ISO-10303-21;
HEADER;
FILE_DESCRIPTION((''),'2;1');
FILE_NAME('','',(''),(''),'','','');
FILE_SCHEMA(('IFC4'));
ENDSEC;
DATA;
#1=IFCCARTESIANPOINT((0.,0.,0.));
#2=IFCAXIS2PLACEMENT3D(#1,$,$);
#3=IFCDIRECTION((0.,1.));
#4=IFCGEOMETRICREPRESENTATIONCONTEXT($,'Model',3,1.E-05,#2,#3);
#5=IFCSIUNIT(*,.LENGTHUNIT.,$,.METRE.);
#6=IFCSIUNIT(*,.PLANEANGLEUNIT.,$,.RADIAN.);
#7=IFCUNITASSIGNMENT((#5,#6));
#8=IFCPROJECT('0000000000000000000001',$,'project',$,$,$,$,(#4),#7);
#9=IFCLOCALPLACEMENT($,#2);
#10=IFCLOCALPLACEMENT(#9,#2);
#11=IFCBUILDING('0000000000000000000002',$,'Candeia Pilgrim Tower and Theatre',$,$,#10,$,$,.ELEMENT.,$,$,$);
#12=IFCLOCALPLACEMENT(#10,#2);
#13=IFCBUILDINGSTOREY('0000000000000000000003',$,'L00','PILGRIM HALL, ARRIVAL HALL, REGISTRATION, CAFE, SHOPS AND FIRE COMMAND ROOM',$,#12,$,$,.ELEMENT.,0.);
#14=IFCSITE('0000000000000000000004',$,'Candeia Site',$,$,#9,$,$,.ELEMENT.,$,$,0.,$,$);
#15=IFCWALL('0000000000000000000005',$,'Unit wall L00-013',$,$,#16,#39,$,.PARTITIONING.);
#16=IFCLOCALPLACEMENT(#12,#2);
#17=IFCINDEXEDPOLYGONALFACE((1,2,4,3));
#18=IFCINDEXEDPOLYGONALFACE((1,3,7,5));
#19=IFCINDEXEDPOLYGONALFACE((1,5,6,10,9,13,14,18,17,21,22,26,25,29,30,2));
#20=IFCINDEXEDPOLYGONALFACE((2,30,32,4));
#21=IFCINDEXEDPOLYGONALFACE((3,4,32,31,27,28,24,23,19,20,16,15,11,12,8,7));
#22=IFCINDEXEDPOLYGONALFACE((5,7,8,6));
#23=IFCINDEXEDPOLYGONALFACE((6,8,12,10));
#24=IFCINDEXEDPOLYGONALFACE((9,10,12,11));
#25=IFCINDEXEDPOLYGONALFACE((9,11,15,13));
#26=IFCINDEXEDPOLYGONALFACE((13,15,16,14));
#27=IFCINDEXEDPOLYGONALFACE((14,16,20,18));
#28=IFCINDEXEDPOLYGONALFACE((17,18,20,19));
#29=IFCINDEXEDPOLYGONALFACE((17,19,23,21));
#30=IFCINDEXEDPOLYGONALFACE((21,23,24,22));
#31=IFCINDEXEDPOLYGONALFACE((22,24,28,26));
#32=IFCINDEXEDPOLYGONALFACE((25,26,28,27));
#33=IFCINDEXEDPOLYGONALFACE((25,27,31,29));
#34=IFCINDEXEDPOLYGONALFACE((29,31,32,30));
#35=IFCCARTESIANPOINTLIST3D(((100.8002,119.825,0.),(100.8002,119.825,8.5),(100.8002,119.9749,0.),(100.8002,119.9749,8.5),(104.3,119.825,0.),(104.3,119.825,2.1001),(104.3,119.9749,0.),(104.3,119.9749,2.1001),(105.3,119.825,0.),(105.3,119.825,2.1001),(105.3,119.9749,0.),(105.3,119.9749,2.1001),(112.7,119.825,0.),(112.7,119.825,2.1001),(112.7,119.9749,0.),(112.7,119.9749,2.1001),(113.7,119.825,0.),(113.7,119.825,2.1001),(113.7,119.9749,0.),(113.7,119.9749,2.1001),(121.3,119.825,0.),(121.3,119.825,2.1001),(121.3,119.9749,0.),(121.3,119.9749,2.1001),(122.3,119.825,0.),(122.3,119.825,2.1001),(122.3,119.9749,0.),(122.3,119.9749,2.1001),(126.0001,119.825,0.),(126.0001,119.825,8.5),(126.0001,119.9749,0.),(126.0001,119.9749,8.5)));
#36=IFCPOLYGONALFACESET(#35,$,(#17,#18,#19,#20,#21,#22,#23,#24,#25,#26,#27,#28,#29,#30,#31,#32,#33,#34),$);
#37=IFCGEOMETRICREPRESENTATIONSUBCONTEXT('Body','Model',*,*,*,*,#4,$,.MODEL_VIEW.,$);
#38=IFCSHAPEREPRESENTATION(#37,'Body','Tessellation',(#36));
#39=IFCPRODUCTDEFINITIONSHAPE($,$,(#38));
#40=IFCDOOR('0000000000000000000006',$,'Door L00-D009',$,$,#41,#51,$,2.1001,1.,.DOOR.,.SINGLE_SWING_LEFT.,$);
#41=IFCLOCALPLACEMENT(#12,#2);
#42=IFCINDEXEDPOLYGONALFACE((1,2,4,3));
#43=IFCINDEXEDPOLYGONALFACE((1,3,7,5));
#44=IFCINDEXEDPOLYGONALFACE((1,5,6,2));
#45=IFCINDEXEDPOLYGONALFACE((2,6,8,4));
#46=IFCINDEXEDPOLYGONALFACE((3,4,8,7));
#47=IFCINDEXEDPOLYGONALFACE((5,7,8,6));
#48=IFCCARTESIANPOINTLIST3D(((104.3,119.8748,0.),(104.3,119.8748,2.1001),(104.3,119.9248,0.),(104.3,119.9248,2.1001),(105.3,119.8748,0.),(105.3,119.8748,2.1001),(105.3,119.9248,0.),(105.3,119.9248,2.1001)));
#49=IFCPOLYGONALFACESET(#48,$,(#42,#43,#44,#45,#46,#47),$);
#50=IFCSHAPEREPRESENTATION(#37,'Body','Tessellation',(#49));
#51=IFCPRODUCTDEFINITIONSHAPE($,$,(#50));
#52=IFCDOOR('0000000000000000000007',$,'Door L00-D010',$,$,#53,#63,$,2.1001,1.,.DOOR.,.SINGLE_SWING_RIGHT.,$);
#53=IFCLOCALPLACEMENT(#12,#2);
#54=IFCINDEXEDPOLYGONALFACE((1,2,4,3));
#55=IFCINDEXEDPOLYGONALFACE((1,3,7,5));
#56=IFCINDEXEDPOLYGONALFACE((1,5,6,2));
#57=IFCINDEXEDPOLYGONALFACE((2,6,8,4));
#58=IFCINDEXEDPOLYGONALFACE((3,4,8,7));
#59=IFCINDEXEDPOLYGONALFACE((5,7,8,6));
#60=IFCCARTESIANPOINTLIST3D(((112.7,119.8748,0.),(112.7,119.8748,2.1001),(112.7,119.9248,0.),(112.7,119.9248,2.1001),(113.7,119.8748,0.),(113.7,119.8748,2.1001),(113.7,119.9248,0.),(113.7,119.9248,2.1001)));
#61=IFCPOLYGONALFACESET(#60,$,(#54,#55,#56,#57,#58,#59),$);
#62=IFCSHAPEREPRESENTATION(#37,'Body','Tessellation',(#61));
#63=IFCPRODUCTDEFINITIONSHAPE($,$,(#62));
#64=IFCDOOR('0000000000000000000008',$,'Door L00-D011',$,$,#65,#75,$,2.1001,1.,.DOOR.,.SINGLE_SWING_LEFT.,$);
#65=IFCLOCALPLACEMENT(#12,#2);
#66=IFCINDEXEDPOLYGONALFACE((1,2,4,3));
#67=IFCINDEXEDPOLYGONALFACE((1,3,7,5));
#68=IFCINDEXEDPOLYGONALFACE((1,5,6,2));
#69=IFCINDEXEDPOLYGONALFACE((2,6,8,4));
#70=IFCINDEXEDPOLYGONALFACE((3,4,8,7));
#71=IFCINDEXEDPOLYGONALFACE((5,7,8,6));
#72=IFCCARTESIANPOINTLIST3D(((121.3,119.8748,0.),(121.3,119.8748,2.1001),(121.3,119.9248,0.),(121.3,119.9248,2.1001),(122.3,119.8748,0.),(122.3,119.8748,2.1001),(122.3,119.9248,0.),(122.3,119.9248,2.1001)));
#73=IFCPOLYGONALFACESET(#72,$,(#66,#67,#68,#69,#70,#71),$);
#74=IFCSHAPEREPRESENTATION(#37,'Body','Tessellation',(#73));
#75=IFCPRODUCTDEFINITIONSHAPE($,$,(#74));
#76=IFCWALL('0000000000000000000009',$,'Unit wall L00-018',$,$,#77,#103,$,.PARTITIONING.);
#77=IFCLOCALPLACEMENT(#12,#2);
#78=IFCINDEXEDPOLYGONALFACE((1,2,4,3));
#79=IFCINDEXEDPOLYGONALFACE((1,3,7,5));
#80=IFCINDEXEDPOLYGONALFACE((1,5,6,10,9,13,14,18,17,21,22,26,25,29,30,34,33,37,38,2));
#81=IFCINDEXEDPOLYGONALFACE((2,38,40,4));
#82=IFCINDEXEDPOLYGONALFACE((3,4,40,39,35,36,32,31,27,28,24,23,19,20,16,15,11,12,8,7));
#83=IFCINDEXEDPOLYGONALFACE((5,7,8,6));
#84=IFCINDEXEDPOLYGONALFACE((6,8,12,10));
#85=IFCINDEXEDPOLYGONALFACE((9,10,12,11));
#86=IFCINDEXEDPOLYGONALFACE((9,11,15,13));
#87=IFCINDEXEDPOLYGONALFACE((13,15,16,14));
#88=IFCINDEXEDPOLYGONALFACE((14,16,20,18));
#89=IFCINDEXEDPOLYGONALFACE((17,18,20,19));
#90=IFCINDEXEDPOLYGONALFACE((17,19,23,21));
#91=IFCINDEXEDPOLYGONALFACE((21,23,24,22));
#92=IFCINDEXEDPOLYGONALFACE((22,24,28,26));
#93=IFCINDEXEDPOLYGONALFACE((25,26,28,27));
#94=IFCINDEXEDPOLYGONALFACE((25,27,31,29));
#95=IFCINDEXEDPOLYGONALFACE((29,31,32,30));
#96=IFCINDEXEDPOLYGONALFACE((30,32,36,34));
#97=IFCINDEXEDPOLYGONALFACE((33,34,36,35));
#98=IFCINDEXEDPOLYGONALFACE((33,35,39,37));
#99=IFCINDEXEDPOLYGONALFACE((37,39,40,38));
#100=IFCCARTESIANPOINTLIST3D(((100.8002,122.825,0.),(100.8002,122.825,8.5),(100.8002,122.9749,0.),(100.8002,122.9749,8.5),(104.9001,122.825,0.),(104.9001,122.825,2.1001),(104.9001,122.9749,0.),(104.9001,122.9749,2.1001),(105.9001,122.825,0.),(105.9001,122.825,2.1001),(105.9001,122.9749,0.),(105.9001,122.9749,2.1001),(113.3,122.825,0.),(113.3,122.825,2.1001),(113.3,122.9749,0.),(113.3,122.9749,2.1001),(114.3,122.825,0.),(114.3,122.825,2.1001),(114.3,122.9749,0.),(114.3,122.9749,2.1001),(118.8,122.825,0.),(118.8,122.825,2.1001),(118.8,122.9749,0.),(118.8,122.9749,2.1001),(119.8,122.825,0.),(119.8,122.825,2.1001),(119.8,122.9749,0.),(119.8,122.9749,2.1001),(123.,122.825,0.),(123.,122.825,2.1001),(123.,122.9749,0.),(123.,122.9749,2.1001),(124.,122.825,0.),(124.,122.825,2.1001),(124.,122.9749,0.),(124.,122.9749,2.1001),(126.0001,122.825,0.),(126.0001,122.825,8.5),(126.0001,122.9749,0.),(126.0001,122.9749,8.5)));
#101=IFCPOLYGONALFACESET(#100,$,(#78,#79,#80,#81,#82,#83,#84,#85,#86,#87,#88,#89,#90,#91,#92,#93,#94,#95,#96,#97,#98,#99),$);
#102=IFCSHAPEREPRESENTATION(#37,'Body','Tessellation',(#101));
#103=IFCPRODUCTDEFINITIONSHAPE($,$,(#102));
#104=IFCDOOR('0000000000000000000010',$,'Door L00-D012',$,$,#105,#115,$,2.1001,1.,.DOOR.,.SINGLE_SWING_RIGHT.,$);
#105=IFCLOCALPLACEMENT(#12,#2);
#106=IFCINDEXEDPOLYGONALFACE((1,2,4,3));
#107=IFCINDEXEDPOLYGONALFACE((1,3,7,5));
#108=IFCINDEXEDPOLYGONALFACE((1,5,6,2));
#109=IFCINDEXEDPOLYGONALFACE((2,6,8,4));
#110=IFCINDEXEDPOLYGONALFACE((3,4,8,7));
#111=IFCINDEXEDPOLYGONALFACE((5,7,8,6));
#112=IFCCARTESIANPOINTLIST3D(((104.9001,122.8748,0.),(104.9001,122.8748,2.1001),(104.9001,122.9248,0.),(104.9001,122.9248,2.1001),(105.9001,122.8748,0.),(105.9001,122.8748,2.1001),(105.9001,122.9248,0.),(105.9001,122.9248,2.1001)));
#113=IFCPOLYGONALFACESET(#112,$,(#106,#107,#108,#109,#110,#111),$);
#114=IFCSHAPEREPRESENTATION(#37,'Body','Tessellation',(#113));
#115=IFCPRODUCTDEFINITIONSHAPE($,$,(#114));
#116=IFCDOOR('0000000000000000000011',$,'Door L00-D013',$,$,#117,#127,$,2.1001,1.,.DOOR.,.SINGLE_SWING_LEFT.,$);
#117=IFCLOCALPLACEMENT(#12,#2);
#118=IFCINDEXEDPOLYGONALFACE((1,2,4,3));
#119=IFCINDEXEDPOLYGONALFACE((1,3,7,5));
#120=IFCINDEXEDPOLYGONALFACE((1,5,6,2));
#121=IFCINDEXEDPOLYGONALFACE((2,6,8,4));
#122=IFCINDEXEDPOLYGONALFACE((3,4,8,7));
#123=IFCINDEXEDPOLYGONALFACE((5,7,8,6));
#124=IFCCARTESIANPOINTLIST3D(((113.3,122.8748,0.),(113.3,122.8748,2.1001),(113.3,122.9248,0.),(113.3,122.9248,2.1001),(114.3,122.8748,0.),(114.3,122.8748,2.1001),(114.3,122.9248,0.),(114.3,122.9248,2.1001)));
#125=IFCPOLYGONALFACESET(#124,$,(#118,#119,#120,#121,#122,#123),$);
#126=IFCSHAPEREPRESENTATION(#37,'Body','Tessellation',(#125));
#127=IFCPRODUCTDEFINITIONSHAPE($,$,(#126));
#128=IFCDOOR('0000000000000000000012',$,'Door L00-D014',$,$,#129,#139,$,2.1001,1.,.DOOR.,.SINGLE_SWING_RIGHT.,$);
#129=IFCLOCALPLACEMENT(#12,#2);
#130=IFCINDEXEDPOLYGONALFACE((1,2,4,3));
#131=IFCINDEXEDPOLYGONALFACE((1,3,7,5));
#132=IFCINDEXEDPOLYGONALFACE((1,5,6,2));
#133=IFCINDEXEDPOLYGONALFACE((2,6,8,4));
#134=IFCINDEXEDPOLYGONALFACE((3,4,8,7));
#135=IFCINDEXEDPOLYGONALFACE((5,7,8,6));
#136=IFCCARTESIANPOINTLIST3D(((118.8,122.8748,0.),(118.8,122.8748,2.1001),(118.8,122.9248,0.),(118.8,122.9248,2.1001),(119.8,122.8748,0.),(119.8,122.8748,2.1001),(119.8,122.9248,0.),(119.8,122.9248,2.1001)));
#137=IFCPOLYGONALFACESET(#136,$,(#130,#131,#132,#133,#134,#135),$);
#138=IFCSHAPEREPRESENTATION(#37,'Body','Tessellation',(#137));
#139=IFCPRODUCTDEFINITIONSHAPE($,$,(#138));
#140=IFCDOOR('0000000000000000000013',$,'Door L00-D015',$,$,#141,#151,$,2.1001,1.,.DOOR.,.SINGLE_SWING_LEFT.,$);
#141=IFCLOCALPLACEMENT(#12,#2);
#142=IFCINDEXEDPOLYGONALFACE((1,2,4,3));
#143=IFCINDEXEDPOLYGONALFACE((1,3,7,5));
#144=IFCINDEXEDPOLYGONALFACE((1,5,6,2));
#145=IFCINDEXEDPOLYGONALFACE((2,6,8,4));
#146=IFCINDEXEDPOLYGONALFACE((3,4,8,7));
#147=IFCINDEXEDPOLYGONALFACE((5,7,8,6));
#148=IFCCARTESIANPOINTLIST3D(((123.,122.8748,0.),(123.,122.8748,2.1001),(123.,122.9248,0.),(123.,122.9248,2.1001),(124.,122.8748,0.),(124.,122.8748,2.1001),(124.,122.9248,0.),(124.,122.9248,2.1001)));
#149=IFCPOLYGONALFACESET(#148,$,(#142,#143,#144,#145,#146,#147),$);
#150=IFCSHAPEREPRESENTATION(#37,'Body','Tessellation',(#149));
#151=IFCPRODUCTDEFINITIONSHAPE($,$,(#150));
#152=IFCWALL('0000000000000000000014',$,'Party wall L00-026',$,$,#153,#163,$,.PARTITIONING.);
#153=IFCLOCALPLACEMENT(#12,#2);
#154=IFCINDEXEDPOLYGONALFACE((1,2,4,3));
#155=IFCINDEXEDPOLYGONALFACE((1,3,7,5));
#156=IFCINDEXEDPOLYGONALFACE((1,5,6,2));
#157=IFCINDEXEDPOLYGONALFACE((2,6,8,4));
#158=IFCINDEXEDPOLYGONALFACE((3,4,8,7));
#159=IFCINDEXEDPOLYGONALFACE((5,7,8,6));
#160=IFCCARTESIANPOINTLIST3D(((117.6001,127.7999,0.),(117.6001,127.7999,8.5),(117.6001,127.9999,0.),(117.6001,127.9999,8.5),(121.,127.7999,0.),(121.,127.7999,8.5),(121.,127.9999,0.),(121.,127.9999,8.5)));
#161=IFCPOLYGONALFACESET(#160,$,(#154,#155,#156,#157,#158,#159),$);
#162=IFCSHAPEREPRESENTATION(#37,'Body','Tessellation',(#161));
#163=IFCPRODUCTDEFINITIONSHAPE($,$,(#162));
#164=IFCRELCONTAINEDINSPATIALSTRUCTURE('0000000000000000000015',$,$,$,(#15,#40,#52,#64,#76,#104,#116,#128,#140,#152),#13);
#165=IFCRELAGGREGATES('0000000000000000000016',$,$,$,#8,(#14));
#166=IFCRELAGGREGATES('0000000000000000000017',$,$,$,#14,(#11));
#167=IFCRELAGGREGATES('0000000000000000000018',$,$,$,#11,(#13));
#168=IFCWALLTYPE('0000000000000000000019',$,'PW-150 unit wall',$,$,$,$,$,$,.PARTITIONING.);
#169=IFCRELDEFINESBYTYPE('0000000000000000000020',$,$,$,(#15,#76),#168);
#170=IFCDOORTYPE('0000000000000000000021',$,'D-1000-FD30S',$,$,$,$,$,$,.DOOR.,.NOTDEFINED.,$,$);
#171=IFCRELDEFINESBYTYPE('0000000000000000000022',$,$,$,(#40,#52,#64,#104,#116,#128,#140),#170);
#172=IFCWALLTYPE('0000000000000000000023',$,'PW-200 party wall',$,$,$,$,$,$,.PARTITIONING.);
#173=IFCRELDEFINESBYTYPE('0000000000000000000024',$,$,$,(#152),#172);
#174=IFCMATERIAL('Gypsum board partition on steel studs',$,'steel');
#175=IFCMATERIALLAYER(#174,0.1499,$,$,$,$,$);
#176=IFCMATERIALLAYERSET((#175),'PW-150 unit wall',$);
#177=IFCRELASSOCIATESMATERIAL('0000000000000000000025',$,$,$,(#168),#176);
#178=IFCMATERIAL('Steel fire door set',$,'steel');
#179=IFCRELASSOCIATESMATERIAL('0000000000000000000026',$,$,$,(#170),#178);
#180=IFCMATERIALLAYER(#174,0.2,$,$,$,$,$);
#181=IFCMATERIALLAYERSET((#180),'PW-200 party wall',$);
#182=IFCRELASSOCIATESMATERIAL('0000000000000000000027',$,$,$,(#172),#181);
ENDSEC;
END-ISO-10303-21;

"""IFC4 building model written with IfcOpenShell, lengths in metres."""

from ifc_helpers import new_model, si_unit, direction, frame, frame_2d, origin, place, context, subcontext, project, spatial, rectangle, extrude, material, layer, layer_set, type_object, element, fill, save


model = new_model("IFC4")

# Units and contexts
model_context = context("Model", 3, precision=1e-05, world=origin(), true_north=direction((0.0, 1.0)))
body_context = subcontext(model_context, "Body", "Model", "MODEL_VIEW")
ifc_project = project(units=[si_unit("LENGTHUNIT", "METRE"), si_unit("PLANEANGLEUNIT", "RADIAN")], contexts=[model_context])

# Site, building, storey
site_placement = place(None, origin())
site = spatial("IfcSite", under=ifc_project, at=site_placement, Name="Candeia Site", CompositionType="ELEMENT", RefElevation=0.0)
building_placement = place(site_placement, origin())
building = spatial("IfcBuilding", under=site, at=building_placement, Name="Candeia Pilgrim Tower and Theatre", CompositionType="ELEMENT")
storey_placement = place(building_placement, origin())
storey = spatial("IfcBuildingStorey", under=building, at=storey_placement, Name="L00", Description="PILGRIM HALL, ARRIVAL HALL, REGISTRATION, CAFE, SHOPS AND FIRE COMMAND ROOM", CompositionType="ELEMENT", Elevation=0.0)

# Walls, openings, doors
ifc_material_1 = material(Name="Gypsum board partition on steel studs", Category="steel")
ifc_layer_1 = layer(ifc_material_1, 0.1499)
ifc_layer_set_1 = layer_set([ifc_layer_1], Name="PW-150 unit wall")
wall_type_1 = type_object("IfcWallType", Name="PW-150 unit wall", PredefinedType="PARTITIONING", material=ifc_layer_set_1)
wall_1_placement = place(storey_placement, frame((100.8, 119.8999, 0.0), z_axis=(0.0, 0.0, 1.0), x_axis=(1.0, 0.0, 0.0)))
wall_1 = element("IfcWall", 1, at=wall_1_placement, inside=storey, type_object=wall_type_1, Name="Unit wall L00-013", PredefinedType="PARTITIONING", context=body_context, shape_type="SweptSolid", body=[
    extrude(rectangle(XDim=25.2, YDim=0.1499, at=frame_2d((12.6001, 0.0))), origin(), (0.0, 0.0, 1.0), 8.5),
])
opening_1_placement = place(wall_1_placement, frame((3.5, 0.0, 0.0)))
opening_1 = element("IfcOpeningElement", 2, at=opening_1_placement, cuts=wall_1, PredefinedType="OPENING", context=body_context, shape_type="SweptSolid", body=[
    extrude(rectangle(XDim=1.0, YDim=2.1001, at=frame_2d((0.5, 1.05))), frame((0.0, 0.085, 0.0), z_axis=(0.0, -1.0, 0.0), x_axis=(1.0, 0.0, 0.0)), (0.0, 0.0, 1.0), 0.1699),
])
opening_2_placement = place(wall_1_placement, frame((11.8999, 0.0, 0.0)))
opening_2 = element("IfcOpeningElement", 3, at=opening_2_placement, cuts=wall_1, PredefinedType="OPENING", context=body_context, shape_type="SweptSolid", body=[
    extrude(rectangle(XDim=1.0, YDim=2.1001, at=frame_2d((0.5, 1.05))), frame((0.0, 0.085, 0.0), z_axis=(0.0, -1.0, 0.0), x_axis=(1.0, 0.0, 0.0)), (0.0, 0.0, 1.0), 0.1699),
])
opening_3_placement = place(wall_1_placement, frame((20.5, 0.0, 0.0)))
opening_3 = element("IfcOpeningElement", 4, at=opening_3_placement, cuts=wall_1, PredefinedType="OPENING", context=body_context, shape_type="SweptSolid", body=[
    extrude(rectangle(XDim=1.0, YDim=2.1001, at=frame_2d((0.5, 1.05))), frame((0.0, 0.085, 0.0), z_axis=(0.0, -1.0, 0.0), x_axis=(1.0, 0.0, 0.0)), (0.0, 0.0, 1.0), 0.1699),
])
ifc_material_2 = material(Name="Steel fire door set", Category="steel")
door_type = type_object("IfcDoorType", Name="D-1000-FD30S", OperationType="NOTDEFINED", PredefinedType="DOOR", material=ifc_material_2)
door_1_placement = place(opening_1_placement, origin())
door_1 = element("IfcDoor", 5, at=door_1_placement, inside=storey, type_object=door_type, Name="Door L00-D009", OperationType="SINGLE_SWING_LEFT", OverallHeight=2.1001, OverallWidth=1.0, PredefinedType="DOOR", context=body_context, shape_type="SweptSolid", body=[
    extrude(rectangle(XDim=1.0, YDim=2.1001, at=frame_2d((0.5, 1.05))), frame((0.0, 0.0249, 0.0), z_axis=(0.0, -1.0, 0.0), x_axis=(1.0, 0.0, 0.0)), (0.0, 0.0, 1.0), 0.05),
])
fill(opening_1, door_1)
door_2_placement = place(opening_2_placement, origin())
door_2 = element("IfcDoor", 6, at=door_2_placement, inside=storey, type_object=door_type, Name="Door L00-D010", OperationType="SINGLE_SWING_RIGHT", OverallHeight=2.1001, OverallWidth=1.0, PredefinedType="DOOR", context=body_context, shape_type="SweptSolid", body=[
    extrude(rectangle(XDim=1.0, YDim=2.1001, at=frame_2d((0.5, 1.05))), frame((0.0, 0.0249, 0.0), z_axis=(0.0, -1.0, 0.0), x_axis=(1.0, 0.0, 0.0)), (0.0, 0.0, 1.0), 0.05),
])
fill(opening_2, door_2)
door_3_placement = place(opening_3_placement, origin())
door_3 = element("IfcDoor", 7, at=door_3_placement, inside=storey, type_object=door_type, Name="Door L00-D011", OperationType="SINGLE_SWING_LEFT", OverallHeight=2.1001, OverallWidth=1.0, PredefinedType="DOOR", context=body_context, shape_type="SweptSolid", body=[
    extrude(rectangle(XDim=1.0, YDim=2.1001, at=frame_2d((0.5, 1.05))), frame((0.0, 0.0249, 0.0), z_axis=(0.0, -1.0, 0.0), x_axis=(1.0, 0.0, 0.0)), (0.0, 0.0, 1.0), 0.05),
])
fill(opening_3, door_3)
wall_2_placement = place(storey_placement, frame((100.8, 122.8999, 0.0), z_axis=(0.0, 0.0, 1.0), x_axis=(1.0, 0.0, 0.0)))
wall_2 = element("IfcWall", 8, at=wall_2_placement, inside=storey, type_object=wall_type_1, Name="Unit wall L00-018", PredefinedType="PARTITIONING", context=body_context, shape_type="SweptSolid", body=[
    extrude(rectangle(XDim=25.2, YDim=0.1499, at=frame_2d((12.6001, 0.0))), origin(), (0.0, 0.0, 1.0), 8.5),
])
opening_4_placement = place(wall_2_placement, frame((4.1001, 0.0, 0.0)))
opening_4 = element("IfcOpeningElement", 9, at=opening_4_placement, cuts=wall_2, PredefinedType="OPENING", context=body_context, shape_type="SweptSolid", body=[
    extrude(rectangle(XDim=1.0, YDim=2.1001, at=frame_2d((0.5, 1.05))), frame((0.0, 0.085, 0.0), z_axis=(0.0, -1.0, 0.0), x_axis=(1.0, 0.0, 0.0)), (0.0, 0.0, 1.0), 0.1699),
])
opening_5_placement = place(wall_2_placement, frame((12.5, 0.0, 0.0)))
opening_5 = element("IfcOpeningElement", 10, at=opening_5_placement, cuts=wall_2, PredefinedType="OPENING", context=body_context, shape_type="SweptSolid", body=[
    extrude(rectangle(XDim=1.0, YDim=2.1001, at=frame_2d((0.5, 1.05))), frame((0.0, 0.085, 0.0), z_axis=(0.0, -1.0, 0.0), x_axis=(1.0, 0.0, 0.0)), (0.0, 0.0, 1.0), 0.1699),
])
opening_6_placement = place(wall_2_placement, frame((18.0, 0.0, 0.0)))
opening_6 = element("IfcOpeningElement", 11, at=opening_6_placement, cuts=wall_2, PredefinedType="OPENING", context=body_context, shape_type="SweptSolid", body=[
    extrude(rectangle(XDim=1.0, YDim=2.1001, at=frame_2d((0.5, 1.05))), frame((0.0, 0.085, 0.0), z_axis=(0.0, -1.0, 0.0), x_axis=(1.0, 0.0, 0.0)), (0.0, 0.0, 1.0), 0.1699),
])
opening_7_placement = place(wall_2_placement, frame((22.2, 0.0, 0.0)))
opening_7 = element("IfcOpeningElement", 12, at=opening_7_placement, cuts=wall_2, PredefinedType="OPENING", context=body_context, shape_type="SweptSolid", body=[
    extrude(rectangle(XDim=1.0, YDim=2.1001, at=frame_2d((0.5, 1.05))), frame((0.0, 0.085, 0.0), z_axis=(0.0, -1.0, 0.0), x_axis=(1.0, 0.0, 0.0)), (0.0, 0.0, 1.0), 0.1699),
])
door_4_placement = place(opening_4_placement, origin())
door_4 = element("IfcDoor", 13, at=door_4_placement, inside=storey, type_object=door_type, Name="Door L00-D012", OperationType="SINGLE_SWING_RIGHT", OverallHeight=2.1001, OverallWidth=1.0, PredefinedType="DOOR", context=body_context, shape_type="SweptSolid", body=[
    extrude(rectangle(XDim=1.0, YDim=2.1001, at=frame_2d((0.5, 1.05))), frame((0.0, 0.0249, 0.0), z_axis=(0.0, -1.0, 0.0), x_axis=(1.0, 0.0, 0.0)), (0.0, 0.0, 1.0), 0.05),
])
fill(opening_4, door_4)
door_5_placement = place(opening_5_placement, origin())
door_5 = element("IfcDoor", 14, at=door_5_placement, inside=storey, type_object=door_type, Name="Door L00-D013", OperationType="SINGLE_SWING_LEFT", OverallHeight=2.1001, OverallWidth=1.0, PredefinedType="DOOR", context=body_context, shape_type="SweptSolid", body=[
    extrude(rectangle(XDim=1.0, YDim=2.1001, at=frame_2d((0.5, 1.05))), frame((0.0, 0.0249, 0.0), z_axis=(0.0, -1.0, 0.0), x_axis=(1.0, 0.0, 0.0)), (0.0, 0.0, 1.0), 0.05),
])
fill(opening_5, door_5)
door_6_placement = place(opening_6_placement, origin())
door_6 = element("IfcDoor", 15, at=door_6_placement, inside=storey, type_object=door_type, Name="Door L00-D014", OperationType="SINGLE_SWING_RIGHT", OverallHeight=2.1001, OverallWidth=1.0, PredefinedType="DOOR", context=body_context, shape_type="SweptSolid", body=[
    extrude(rectangle(XDim=1.0, YDim=2.1001, at=frame_2d((0.5, 1.05))), frame((0.0, 0.0249, 0.0), z_axis=(0.0, -1.0, 0.0), x_axis=(1.0, 0.0, 0.0)), (0.0, 0.0, 1.0), 0.05),
])
fill(opening_6, door_6)
door_7_placement = place(opening_7_placement, origin())
door_7 = element("IfcDoor", 16, at=door_7_placement, inside=storey, type_object=door_type, Name="Door L00-D015", OperationType="SINGLE_SWING_LEFT", OverallHeight=2.1001, OverallWidth=1.0, PredefinedType="DOOR", context=body_context, shape_type="SweptSolid", body=[
    extrude(rectangle(XDim=1.0, YDim=2.1001, at=frame_2d((0.5, 1.05))), frame((0.0, 0.0249, 0.0), z_axis=(0.0, -1.0, 0.0), x_axis=(1.0, 0.0, 0.0)), (0.0, 0.0, 1.0), 0.05),
])
fill(opening_7, door_7)

# Wall
ifc_layer_2 = layer(ifc_material_1, 0.2)
ifc_layer_set_2 = layer_set([ifc_layer_2], Name="PW-200 party wall")
wall_type_2 = type_object("IfcWallType", Name="PW-200 party wall", PredefinedType="PARTITIONING", material=ifc_layer_set_2)
wall_3_placement = place(storey_placement, frame((117.6001, 127.8999, 0.0), z_axis=(0.0, 0.0, 1.0), x_axis=(1.0, 0.0, 0.0)))
element("IfcWall", 17, at=wall_3_placement, inside=storey, type_object=wall_type_2, Name="Party wall L00-026", PredefinedType="PARTITIONING", context=body_context, shape_type="SweptSolid", body=[
    extrude(rectangle(XDim=3.3999, YDim=0.2, at=frame_2d((1.7, 0.0))), origin(), (0.0, 0.0, 1.0), 8.5),
])

save(model, "model.ifc")
